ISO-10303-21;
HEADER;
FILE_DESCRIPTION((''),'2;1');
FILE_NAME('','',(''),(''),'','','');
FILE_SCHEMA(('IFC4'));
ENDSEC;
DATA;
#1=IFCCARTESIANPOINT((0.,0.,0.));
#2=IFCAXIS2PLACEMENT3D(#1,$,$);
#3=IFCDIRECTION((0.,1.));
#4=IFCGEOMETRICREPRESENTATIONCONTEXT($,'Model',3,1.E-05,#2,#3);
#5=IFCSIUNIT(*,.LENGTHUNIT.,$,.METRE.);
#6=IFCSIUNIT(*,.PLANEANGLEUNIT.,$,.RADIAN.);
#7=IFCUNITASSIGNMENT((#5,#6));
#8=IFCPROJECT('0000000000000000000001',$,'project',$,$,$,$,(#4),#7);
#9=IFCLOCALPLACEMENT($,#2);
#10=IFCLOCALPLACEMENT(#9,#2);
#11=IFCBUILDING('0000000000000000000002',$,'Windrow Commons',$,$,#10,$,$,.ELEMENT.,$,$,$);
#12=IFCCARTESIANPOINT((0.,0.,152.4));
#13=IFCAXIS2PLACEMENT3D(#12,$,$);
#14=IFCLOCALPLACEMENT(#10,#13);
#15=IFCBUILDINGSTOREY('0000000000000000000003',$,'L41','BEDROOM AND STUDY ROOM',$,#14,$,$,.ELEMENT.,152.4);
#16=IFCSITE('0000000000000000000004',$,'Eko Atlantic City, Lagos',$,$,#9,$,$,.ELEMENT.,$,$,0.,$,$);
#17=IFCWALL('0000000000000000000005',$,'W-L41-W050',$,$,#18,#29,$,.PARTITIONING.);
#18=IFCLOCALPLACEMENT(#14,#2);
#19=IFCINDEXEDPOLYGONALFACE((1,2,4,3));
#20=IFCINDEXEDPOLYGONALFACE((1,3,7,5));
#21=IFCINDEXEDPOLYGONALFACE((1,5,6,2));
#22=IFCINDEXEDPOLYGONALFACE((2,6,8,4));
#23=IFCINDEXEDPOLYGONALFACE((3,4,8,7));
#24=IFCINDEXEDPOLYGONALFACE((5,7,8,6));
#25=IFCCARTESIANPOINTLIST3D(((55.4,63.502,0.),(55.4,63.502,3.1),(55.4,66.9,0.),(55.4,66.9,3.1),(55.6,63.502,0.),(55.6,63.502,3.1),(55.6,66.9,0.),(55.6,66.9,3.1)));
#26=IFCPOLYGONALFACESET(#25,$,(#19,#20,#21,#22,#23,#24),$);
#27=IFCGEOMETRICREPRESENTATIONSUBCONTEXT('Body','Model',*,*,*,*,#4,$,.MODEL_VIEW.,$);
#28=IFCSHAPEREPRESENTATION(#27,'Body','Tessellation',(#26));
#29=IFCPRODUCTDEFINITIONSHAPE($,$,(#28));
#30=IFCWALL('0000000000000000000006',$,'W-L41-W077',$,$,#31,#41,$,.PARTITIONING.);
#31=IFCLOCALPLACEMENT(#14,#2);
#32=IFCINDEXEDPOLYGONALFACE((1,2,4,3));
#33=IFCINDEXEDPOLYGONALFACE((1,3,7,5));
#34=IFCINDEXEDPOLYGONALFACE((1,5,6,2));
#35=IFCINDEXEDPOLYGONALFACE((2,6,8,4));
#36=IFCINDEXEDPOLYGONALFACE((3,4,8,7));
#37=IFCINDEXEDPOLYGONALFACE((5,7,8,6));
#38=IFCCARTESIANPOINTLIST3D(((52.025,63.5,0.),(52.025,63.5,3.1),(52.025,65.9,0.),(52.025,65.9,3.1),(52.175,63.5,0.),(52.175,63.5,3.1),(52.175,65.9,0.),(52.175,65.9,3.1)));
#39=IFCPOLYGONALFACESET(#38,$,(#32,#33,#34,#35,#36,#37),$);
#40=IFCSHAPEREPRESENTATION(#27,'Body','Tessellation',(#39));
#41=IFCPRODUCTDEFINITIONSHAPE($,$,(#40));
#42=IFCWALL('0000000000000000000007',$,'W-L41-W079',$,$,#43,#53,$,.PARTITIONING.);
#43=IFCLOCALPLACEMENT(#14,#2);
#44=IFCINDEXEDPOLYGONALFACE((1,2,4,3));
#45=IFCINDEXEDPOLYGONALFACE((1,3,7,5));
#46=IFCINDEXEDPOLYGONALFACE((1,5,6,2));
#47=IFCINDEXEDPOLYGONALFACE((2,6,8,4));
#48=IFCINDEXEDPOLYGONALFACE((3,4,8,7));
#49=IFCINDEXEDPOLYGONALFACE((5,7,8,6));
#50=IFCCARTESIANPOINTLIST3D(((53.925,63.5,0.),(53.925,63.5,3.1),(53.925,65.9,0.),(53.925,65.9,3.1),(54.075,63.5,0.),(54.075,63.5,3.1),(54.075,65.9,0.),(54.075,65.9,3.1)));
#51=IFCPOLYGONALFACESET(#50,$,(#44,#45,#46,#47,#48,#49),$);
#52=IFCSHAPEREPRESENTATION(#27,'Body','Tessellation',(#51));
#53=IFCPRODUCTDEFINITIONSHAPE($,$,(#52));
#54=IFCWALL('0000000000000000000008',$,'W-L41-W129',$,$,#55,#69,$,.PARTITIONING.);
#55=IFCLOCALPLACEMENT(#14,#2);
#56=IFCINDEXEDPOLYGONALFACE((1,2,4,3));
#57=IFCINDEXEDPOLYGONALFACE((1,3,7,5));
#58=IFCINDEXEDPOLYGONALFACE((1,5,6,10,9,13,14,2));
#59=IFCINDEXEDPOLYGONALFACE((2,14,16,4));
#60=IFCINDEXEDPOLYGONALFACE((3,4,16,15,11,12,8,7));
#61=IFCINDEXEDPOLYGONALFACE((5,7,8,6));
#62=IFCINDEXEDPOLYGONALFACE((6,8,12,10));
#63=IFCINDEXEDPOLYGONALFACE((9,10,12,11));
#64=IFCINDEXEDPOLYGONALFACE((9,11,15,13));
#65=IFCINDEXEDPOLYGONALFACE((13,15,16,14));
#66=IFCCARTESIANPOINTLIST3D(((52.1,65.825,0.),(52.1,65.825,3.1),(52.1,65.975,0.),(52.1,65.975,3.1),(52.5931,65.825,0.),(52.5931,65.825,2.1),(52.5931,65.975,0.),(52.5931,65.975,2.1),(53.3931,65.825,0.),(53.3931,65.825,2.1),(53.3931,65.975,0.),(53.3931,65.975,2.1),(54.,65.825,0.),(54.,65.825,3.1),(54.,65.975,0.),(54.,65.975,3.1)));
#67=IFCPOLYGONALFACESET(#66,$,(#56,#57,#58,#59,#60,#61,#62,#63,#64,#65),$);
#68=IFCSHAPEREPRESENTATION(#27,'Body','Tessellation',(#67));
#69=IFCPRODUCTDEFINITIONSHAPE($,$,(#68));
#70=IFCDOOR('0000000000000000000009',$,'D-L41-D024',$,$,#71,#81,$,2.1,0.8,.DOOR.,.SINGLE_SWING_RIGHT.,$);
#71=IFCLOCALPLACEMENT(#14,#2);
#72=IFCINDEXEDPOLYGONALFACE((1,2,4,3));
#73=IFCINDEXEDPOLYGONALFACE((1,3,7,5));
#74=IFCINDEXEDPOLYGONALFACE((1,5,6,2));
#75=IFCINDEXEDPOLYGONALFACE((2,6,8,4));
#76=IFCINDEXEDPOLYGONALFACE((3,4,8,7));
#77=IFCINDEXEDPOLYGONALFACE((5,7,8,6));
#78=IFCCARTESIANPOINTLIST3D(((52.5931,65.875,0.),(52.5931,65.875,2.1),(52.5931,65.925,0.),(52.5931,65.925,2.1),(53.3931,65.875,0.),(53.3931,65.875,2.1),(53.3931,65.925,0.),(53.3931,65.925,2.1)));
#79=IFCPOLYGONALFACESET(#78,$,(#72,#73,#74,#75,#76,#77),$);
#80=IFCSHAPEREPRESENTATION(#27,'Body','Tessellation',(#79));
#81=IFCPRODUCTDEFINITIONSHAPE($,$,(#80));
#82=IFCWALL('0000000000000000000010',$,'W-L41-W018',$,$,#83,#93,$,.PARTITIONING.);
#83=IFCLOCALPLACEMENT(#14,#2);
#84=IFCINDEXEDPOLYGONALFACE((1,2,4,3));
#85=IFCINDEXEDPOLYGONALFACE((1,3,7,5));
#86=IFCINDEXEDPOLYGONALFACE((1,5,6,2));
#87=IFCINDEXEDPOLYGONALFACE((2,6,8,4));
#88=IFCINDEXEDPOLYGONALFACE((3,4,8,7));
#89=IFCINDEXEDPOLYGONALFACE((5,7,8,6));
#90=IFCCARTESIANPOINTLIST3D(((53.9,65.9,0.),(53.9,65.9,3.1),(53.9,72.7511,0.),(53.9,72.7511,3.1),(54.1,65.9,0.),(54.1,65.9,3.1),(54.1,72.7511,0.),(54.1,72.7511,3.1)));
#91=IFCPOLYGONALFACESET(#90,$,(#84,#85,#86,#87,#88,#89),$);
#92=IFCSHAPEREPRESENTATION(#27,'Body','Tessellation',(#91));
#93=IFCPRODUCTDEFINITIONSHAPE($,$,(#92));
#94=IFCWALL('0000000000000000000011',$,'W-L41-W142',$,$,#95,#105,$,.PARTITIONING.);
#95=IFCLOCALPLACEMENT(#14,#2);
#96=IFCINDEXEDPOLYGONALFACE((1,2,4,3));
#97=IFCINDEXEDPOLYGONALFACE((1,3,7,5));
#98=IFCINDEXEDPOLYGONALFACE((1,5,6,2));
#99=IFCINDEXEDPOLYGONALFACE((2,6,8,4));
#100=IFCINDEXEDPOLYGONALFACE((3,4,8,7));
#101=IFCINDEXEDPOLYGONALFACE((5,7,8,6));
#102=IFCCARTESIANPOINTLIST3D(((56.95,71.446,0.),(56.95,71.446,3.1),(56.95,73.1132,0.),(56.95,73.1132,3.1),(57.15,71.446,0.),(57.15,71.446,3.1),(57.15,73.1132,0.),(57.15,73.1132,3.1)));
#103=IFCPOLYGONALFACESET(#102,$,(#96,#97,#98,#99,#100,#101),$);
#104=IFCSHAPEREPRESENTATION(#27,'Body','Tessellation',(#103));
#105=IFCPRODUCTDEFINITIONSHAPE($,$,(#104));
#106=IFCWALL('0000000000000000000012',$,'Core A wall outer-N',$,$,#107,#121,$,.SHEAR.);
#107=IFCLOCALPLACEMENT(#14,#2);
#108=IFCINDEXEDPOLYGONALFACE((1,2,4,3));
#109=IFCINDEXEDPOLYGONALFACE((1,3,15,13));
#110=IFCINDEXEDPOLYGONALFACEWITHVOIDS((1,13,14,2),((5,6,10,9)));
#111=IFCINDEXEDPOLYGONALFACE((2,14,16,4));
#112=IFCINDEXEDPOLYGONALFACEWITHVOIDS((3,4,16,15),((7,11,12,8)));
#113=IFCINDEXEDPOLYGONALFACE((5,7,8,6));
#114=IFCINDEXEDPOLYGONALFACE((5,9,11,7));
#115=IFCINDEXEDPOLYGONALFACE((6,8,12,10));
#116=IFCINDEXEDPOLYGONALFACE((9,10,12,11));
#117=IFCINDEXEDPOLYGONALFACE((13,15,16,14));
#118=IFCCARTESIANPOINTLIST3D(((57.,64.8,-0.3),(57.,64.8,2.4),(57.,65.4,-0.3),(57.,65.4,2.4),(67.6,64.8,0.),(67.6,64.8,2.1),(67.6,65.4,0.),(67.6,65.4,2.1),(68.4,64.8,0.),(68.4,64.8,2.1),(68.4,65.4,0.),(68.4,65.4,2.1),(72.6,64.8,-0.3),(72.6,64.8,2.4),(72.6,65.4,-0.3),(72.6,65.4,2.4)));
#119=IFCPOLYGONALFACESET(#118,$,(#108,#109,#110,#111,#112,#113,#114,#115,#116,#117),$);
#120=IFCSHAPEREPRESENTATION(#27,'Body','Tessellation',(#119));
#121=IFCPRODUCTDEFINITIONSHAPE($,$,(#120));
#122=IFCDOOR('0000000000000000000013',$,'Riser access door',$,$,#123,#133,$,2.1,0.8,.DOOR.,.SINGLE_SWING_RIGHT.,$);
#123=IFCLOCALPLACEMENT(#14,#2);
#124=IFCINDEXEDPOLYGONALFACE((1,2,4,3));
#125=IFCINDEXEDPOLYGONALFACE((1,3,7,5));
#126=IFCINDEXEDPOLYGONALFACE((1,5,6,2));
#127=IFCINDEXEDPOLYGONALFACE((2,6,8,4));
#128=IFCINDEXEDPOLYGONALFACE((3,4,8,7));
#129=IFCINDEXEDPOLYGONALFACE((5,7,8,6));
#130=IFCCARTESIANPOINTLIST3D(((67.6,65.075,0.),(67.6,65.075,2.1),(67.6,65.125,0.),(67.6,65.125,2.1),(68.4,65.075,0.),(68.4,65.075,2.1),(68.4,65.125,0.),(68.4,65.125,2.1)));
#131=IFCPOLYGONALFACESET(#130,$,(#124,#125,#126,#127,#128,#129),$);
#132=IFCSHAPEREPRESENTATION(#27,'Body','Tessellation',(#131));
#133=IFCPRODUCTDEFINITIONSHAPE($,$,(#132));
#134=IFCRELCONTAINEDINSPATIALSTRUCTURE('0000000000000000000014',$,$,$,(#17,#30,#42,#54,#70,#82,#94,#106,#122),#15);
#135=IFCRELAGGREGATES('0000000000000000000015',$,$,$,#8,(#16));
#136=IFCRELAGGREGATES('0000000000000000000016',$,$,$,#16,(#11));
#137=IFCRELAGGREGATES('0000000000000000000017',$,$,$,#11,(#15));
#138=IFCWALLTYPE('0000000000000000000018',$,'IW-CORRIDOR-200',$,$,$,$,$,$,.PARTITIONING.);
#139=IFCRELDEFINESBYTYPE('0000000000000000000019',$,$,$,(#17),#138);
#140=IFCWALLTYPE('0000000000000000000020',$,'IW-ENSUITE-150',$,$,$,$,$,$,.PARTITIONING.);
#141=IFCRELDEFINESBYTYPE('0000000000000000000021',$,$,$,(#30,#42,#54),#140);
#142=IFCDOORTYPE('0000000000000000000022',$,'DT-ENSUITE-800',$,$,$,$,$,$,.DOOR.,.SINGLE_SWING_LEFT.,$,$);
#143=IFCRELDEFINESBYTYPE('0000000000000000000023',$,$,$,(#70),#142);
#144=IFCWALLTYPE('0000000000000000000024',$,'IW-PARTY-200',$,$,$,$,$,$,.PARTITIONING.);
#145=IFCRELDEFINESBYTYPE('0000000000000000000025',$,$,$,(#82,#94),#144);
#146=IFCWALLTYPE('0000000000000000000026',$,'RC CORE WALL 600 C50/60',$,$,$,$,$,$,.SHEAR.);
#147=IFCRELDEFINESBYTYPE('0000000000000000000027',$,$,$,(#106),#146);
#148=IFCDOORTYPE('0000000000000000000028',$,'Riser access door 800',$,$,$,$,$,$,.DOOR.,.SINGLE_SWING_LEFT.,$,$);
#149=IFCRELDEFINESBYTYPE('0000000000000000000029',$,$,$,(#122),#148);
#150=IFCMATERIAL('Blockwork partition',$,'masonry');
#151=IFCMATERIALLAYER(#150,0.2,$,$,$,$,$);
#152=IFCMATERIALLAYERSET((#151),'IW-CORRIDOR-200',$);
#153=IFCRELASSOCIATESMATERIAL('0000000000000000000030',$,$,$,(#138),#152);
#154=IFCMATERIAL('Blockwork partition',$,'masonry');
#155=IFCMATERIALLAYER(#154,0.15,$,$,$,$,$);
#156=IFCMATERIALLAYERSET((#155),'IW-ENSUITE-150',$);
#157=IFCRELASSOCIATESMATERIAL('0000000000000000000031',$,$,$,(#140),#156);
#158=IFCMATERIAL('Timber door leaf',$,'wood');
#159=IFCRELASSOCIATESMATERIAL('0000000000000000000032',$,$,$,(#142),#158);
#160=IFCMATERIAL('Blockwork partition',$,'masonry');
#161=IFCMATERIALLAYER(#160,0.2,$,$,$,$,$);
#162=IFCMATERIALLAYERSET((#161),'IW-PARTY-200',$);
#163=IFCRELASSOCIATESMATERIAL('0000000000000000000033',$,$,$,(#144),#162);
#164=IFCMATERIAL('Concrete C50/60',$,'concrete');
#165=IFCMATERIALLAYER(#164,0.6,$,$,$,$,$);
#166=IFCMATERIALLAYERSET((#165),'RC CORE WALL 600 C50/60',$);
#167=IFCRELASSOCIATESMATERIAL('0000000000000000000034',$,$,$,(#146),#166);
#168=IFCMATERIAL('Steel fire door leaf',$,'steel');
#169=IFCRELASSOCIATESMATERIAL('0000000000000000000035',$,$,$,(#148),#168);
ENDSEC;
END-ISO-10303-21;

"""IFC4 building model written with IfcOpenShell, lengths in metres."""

from ifc_helpers import new_model, si_unit, direction, frame, frame_2d, origin, place, context, subcontext, project, spatial, rectangle, extrude, material, layer, layer_set, type_object, element, fill, save


model = new_model("IFC4")

# Units and contexts
model_context = context("Model", 3, precision=1e-05, world=origin(), true_north=direction((0.0, 1.0)))
body_context = subcontext(model_context, "Body", "Model", "MODEL_VIEW")
ifc_project = project(units=[si_unit("LENGTHUNIT", "METRE"), si_unit("PLANEANGLEUNIT", "RADIAN")], contexts=[model_context])

# Site, building, storey
site_placement = place(None, origin())
site = spatial("IfcSite", under=ifc_project, at=site_placement, Name="Eko Atlantic City, Lagos", CompositionType="ELEMENT", RefElevation=0.0)
building_placement = place(site_placement, origin())
building = spatial("IfcBuilding", under=site, at=building_placement, Name="Windrow Commons", CompositionType="ELEMENT")
storey_placement = place(building_placement, frame((0.0, 0.0, 152.4)))
storey = spatial("IfcBuildingStorey", under=building, at=storey_placement, Name="L41", Description="BEDROOM AND STUDY ROOM", CompositionType="ELEMENT", Elevation=152.4)

# Shared definitions
ifc_material_1 = material(Name="Blockwork partition", Category="masonry")
ifc_layer_1 = layer(ifc_material_1, 0.2)
ifc_layer_set_1 = layer_set([ifc_layer_1], Name="IW-CORRIDOR-200")
wall_type_1 = type_object("IfcWallType", Name="IW-CORRIDOR-200", PredefinedType="PARTITIONING", material=ifc_layer_set_1)

# Walls
wall_1_placement = place(storey_placement, frame((55.5, 63.502, 0.0), z_axis=(0.0, 0.0, 1.0), x_axis=(0.0, 1.0, 0.0)))
element("IfcWall", 1, at=wall_1_placement, inside=storey, type_object=wall_type_1, Name="W-L41-W050", PredefinedType="PARTITIONING", context=body_context, shape_type="SweptSolid", body=[
    extrude(rectangle(XDim=3.398, YDim=0.2, at=frame_2d((1.699, 0.0))), origin(), (0.0, 0.0, 1.0), 3.1),
])
ifc_material_2 = material(Name="Blockwork partition", Category="masonry")
ifc_layer_2 = layer(ifc_material_2, 0.15)
ifc_layer_set_2 = layer_set([ifc_layer_2], Name="IW-ENSUITE-150")
wall_type_2 = type_object("IfcWallType", Name="IW-ENSUITE-150", PredefinedType="PARTITIONING", material=ifc_layer_set_2)
for number, where, z_axis, x_axis, name in (
    (2, (52.1, 63.5, 0.0), (0.0, 0.0, 1.0), (0.0, 1.0, 0.0), "W-L41-W077"),
    (3, (54.0, 63.5, 0.0), (0.0, 0.0, 1.0), (0.0, 1.0, 0.0), "W-L41-W079"),
):
    element("IfcWall", number, at=place(storey_placement, frame(where, z_axis=z_axis, x_axis=x_axis)), inside=storey, type_object=wall_type_2, Name=name, PredefinedType="PARTITIONING", context=body_context, shape_type="SweptSolid", body=[
        extrude(rectangle(XDim=2.4, YDim=0.15, at=frame_2d((1.2, 0.0))), origin(), (0.0, 0.0, 1.0), 3.1),
    ])

# Wall, opening, door
wall_2_placement = place(storey_placement, frame((52.1, 65.9, 0.0), z_axis=(0.0, 0.0, 1.0), x_axis=(1.0, 0.0, 0.0)))
wall_2 = element("IfcWall", 4, at=wall_2_placement, inside=storey, type_object=wall_type_2, Name="W-L41-W129", PredefinedType="PARTITIONING", context=body_context, shape_type="SweptSolid", body=[
    extrude(rectangle(XDim=1.9, YDim=0.15, at=frame_2d((0.95, 0.0))), origin(), (0.0, 0.0, 1.0), 3.1),
])
opening_1_placement = place(wall_2_placement, frame((0.4931, 0.0, 0.0)))
opening_1 = element("IfcOpeningElement", 5, at=opening_1_placement, cuts=wall_2, PredefinedType="OPENING", context=body_context, shape_type="SweptSolid", body=[
    extrude(rectangle(XDim=0.8, YDim=2.1, at=frame_2d((0.4, 1.05))), frame((0.0, 0.085, 0.0), z_axis=(0.0, -1.0, 0.0), x_axis=(1.0, 0.0, 0.0)), (0.0, 0.0, 1.0), 0.17),
])
ifc_material_3 = material(Name="Timber door leaf", Category="wood")
door_type_1 = type_object("IfcDoorType", Name="DT-ENSUITE-800", OperationType="SINGLE_SWING_LEFT", PredefinedType="DOOR", material=ifc_material_3)
door_1_placement = place(opening_1_placement, origin())
door_1 = element("IfcDoor", 6, at=door_1_placement, inside=storey, type_object=door_type_1, Name="D-L41-D024", OperationType="SINGLE_SWING_RIGHT", OverallHeight=2.1, OverallWidth=0.8, PredefinedType="DOOR", context=body_context, shape_type="SweptSolid", body=[
    extrude(rectangle(XDim=0.8, YDim=2.1, at=frame_2d((0.4, 1.05))), frame((0.0, 0.025, 0.0), z_axis=(0.0, -1.0, 0.0), x_axis=(1.0, 0.0, 0.0)), (0.0, 0.0, 1.0), 0.05),
])
fill(opening_1, door_1)

# Walls
ifc_material_4 = material(Name="Blockwork partition", Category="masonry")
ifc_layer_3 = layer(ifc_material_4, 0.2)
ifc_layer_set_3 = layer_set([ifc_layer_3], Name="IW-PARTY-200")
wall_type_3 = type_object("IfcWallType", Name="IW-PARTY-200", PredefinedType="PARTITIONING", material=ifc_layer_set_3)
wall_3_placement = place(storey_placement, frame((54.0, 65.9, 0.0), z_axis=(0.0, 0.0, 1.0), x_axis=(0.0, 1.0, 0.0)))
element("IfcWall", 7, at=wall_3_placement, inside=storey, type_object=wall_type_3, Name="W-L41-W018", PredefinedType="PARTITIONING", context=body_context, shape_type="SweptSolid", body=[
    extrude(rectangle(XDim=6.8511, YDim=0.2, at=frame_2d((3.4255, 0.0))), origin(), (0.0, 0.0, 1.0), 3.1),
])
wall_4_placement = place(storey_placement, frame((57.05, 71.446, 0.0), z_axis=(0.0, 0.0, 1.0), x_axis=(0.0, 1.0, 0.0)))
element("IfcWall", 8, at=wall_4_placement, inside=storey, type_object=wall_type_3, Name="W-L41-W142", PredefinedType="PARTITIONING", context=body_context, shape_type="SweptSolid", body=[
    extrude(rectangle(XDim=1.6672, YDim=0.2, at=frame_2d((0.8336, 0.0))), origin(), (0.0, 0.0, 1.0), 3.1),
])

# Wall, opening, door
ifc_material_5 = material(Name="Concrete C50/60", Category="concrete")
ifc_layer_4 = layer(ifc_material_5, 0.6)
ifc_layer_set_4 = layer_set([ifc_layer_4], Name="RC CORE WALL 600 C50/60")
wall_type_4 = type_object("IfcWallType", Name="RC CORE WALL 600 C50/60", PredefinedType="SHEAR", material=ifc_layer_set_4)
wall_5_placement = place(storey_placement, frame((57.0, 65.1, -0.3), z_axis=(0.0, 0.0, 1.0), x_axis=(1.0, 0.0, 0.0)))
wall_5 = element("IfcWall", 9, at=wall_5_placement, inside=storey, type_object=wall_type_4, Name="Core A wall outer-N", PredefinedType="SHEAR", context=body_context, shape_type="SweptSolid", body=[
    extrude(rectangle(XDim=15.6, YDim=0.6, at=frame_2d((7.8, 0.0))), origin(), (0.0, 0.0, 1.0), 2.7),
])
opening_2_placement = place(wall_5_placement, frame((10.6, 0.0, 0.3)))
opening_2 = element("IfcOpeningElement", 10, at=opening_2_placement, cuts=wall_5, PredefinedType="OPENING", context=body_context, shape_type="SweptSolid", body=[
    extrude(rectangle(XDim=0.8, YDim=2.1, at=frame_2d((0.4, 1.05))), frame((0.0, 0.31, 0.0), z_axis=(0.0, -1.0, 0.0), x_axis=(1.0, 0.0, 0.0)), (0.0, 0.0, 1.0), 0.62),
])
ifc_material_6 = material(Name="Steel fire door leaf", Category="steel")
door_type_2 = type_object("IfcDoorType", Name="Riser access door 800", OperationType="SINGLE_SWING_LEFT", PredefinedType="DOOR", material=ifc_material_6)
door_2_placement = place(opening_2_placement, origin())
door_2 = element("IfcDoor", 11, at=door_2_placement, inside=storey, type_object=door_type_2, Name="Riser access door", OperationType="SINGLE_SWING_RIGHT", OverallHeight=2.1, OverallWidth=0.8, PredefinedType="DOOR", context=body_context, shape_type="SweptSolid", body=[
    extrude(rectangle(XDim=0.8, YDim=2.1, at=frame_2d((0.4, 1.05))), frame((0.0, 0.025, 0.0), z_axis=(0.0, -1.0, 0.0), x_axis=(1.0, 0.0, 0.0)), (0.0, 0.0, 1.0), 0.05),
])
fill(opening_2, door_2)

save(model, "model.ifc")
